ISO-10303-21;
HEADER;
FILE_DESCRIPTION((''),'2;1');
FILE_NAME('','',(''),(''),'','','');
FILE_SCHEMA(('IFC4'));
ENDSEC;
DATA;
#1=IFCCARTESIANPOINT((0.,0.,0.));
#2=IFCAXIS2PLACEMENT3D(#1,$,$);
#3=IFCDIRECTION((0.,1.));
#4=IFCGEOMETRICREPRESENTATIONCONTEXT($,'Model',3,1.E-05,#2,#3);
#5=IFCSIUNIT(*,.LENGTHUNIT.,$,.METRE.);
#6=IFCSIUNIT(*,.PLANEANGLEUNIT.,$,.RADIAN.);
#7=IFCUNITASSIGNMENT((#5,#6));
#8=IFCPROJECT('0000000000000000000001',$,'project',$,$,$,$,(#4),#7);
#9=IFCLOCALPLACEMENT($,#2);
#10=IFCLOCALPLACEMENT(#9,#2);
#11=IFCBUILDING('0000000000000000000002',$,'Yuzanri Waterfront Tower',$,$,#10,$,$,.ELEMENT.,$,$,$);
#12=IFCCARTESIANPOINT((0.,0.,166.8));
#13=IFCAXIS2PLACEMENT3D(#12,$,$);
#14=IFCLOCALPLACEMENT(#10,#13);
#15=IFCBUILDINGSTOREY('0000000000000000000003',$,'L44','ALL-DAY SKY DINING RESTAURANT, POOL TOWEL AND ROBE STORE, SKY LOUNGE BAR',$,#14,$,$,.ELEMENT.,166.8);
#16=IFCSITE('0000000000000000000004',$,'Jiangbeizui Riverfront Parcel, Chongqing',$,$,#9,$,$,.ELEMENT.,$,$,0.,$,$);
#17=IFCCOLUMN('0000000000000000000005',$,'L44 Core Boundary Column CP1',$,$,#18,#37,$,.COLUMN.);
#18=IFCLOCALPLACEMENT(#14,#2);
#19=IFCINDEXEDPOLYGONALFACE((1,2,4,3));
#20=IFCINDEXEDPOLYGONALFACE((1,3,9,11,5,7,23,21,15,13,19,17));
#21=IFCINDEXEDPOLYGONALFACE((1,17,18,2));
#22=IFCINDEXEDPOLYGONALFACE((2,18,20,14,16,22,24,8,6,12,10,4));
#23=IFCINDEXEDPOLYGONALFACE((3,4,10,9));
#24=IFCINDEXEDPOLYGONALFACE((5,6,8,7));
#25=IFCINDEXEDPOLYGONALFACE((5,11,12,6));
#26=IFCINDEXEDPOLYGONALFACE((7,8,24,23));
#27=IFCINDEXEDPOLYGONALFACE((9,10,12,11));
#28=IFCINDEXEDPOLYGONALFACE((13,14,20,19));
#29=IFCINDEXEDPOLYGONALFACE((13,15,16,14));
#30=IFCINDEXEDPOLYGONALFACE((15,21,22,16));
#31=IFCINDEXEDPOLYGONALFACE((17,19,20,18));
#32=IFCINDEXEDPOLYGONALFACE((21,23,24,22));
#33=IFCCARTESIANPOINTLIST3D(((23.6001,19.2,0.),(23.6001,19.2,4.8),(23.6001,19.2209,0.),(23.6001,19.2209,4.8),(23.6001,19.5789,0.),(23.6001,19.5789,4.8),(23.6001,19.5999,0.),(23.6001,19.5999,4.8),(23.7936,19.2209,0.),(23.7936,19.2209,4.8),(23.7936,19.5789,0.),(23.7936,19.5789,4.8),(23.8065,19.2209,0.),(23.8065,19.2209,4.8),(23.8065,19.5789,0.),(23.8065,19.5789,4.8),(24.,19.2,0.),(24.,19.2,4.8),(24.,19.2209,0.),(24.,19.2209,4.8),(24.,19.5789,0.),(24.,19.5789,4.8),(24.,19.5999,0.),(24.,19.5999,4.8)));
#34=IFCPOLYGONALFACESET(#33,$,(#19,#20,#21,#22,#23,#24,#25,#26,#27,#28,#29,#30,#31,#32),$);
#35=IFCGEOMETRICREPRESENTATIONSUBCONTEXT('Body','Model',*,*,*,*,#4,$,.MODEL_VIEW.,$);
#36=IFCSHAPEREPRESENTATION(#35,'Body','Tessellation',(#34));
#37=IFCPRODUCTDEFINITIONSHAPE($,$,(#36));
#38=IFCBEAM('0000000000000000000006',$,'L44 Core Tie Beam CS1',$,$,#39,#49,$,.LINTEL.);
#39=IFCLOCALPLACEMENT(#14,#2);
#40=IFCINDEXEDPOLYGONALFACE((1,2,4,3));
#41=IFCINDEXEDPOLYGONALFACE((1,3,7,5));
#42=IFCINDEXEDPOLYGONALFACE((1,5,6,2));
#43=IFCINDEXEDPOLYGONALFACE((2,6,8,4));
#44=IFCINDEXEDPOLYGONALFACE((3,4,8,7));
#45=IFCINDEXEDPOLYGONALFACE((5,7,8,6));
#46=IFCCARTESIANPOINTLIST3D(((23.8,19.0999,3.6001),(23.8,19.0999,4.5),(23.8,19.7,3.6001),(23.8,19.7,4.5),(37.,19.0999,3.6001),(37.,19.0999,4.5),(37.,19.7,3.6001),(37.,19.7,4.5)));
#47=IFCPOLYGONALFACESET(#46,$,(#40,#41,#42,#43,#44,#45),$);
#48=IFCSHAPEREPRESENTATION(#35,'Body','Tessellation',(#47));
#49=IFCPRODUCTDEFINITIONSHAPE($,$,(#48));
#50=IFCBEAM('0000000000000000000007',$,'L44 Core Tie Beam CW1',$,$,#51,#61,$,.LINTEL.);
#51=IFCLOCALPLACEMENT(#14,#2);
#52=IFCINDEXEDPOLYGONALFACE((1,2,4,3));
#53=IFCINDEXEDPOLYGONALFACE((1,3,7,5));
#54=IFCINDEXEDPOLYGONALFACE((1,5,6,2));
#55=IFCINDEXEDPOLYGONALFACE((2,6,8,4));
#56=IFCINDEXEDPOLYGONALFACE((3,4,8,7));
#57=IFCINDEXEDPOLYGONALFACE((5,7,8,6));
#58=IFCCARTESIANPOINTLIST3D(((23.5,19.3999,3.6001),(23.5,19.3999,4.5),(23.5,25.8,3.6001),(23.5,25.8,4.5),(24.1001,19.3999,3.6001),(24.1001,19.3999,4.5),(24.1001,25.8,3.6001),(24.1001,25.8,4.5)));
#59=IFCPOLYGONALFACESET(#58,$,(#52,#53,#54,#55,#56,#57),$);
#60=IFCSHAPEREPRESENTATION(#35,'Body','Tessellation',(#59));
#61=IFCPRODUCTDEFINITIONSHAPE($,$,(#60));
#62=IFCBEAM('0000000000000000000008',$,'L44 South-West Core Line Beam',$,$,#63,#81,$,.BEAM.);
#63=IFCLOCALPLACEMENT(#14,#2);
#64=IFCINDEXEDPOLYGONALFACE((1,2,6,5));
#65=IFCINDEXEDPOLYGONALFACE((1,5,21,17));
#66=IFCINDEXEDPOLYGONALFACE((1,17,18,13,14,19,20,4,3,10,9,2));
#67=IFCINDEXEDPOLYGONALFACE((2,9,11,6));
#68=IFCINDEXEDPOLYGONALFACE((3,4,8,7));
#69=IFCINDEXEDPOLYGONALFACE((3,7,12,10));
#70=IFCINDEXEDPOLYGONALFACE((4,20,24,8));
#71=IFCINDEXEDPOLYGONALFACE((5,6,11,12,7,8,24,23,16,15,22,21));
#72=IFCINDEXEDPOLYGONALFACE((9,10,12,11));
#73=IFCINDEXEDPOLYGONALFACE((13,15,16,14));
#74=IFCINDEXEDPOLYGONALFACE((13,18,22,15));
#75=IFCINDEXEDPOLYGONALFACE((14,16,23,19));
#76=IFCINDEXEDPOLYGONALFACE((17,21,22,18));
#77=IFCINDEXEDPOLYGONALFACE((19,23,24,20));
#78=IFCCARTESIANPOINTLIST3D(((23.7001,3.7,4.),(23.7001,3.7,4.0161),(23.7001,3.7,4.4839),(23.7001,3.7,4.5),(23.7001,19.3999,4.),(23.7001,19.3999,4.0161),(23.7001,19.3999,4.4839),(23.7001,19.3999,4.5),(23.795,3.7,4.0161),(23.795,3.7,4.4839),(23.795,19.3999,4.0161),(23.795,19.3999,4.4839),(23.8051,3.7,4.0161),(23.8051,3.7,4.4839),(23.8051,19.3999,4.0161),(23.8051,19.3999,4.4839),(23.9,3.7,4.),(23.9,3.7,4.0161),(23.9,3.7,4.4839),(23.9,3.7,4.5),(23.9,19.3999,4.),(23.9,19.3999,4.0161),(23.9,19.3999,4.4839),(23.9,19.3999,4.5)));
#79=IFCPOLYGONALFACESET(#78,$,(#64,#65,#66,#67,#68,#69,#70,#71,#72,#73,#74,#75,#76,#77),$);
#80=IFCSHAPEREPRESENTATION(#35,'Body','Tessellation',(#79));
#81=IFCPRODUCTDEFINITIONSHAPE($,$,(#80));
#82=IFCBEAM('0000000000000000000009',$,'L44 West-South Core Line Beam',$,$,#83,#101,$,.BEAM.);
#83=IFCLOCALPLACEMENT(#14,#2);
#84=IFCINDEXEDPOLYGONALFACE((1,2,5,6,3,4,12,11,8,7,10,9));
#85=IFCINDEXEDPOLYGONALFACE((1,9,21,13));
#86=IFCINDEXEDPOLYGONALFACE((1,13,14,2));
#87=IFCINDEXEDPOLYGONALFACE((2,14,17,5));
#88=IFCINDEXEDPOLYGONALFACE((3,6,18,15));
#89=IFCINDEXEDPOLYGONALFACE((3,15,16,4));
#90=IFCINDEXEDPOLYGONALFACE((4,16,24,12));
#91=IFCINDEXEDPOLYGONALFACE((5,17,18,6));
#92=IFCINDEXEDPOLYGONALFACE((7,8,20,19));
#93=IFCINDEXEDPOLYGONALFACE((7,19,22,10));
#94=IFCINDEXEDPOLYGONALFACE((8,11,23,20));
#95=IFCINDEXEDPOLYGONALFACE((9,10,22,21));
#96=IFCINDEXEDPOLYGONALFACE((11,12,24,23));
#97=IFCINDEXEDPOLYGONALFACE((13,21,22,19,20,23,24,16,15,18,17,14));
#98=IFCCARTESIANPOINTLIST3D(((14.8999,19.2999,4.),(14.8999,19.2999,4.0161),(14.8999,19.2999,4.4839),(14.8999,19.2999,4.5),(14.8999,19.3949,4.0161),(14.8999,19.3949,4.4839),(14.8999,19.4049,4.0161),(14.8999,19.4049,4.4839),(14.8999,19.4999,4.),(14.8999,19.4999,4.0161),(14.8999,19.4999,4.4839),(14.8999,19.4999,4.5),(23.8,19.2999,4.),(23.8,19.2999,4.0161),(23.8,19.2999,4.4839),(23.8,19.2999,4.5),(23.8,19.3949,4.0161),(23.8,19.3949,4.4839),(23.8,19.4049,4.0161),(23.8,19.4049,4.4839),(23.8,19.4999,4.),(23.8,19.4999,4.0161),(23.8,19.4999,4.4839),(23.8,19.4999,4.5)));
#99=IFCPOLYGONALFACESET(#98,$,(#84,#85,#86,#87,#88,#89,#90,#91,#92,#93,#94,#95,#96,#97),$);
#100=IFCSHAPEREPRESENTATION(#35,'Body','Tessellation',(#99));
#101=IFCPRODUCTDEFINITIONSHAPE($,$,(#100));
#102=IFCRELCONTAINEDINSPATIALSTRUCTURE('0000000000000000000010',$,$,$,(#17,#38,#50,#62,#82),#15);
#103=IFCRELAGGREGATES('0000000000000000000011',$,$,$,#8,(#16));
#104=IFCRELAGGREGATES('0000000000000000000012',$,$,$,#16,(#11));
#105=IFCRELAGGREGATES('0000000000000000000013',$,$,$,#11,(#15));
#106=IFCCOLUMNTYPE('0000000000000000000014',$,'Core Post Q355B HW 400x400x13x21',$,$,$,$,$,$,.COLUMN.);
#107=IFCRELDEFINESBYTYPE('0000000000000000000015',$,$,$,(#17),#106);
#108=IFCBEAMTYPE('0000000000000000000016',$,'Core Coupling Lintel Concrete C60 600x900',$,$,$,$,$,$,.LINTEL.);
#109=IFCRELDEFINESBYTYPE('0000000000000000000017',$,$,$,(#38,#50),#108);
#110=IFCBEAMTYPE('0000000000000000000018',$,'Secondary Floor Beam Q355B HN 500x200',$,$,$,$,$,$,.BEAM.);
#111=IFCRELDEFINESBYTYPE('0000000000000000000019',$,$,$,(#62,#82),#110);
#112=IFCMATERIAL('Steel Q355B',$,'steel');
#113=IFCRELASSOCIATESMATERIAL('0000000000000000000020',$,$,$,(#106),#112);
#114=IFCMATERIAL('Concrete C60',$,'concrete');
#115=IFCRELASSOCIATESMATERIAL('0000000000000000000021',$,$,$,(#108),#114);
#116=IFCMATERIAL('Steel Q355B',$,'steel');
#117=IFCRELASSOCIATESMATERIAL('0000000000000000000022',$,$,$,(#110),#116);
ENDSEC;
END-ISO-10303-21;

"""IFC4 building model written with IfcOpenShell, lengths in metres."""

from ifc_helpers import new_model, si_unit, direction, frame, origin, origin_2d, place, context, subcontext, project, spatial, rectangle, i_section, extrude, source, transform, mapped, material, material_profile, profile_set, type_object, element, save


model = new_model("IFC4")

# Units and contexts
model_context = context("Model", 3, precision=1e-05, world=origin(), true_north=direction((0.0, 1.0)))
body_context = subcontext(model_context, "Body", "Model", "MODEL_VIEW")
ifc_project = project(units=[si_unit("LENGTHUNIT", "METRE"), si_unit("PLANEANGLEUNIT", "RADIAN")], contexts=[model_context])

# Site, building, storey
site_placement = place(None, origin())
site = spatial("IfcSite", under=ifc_project, at=site_placement, Name="Jiangbeizui Riverfront Parcel, Chongqing", CompositionType="ELEMENT", RefElevation=0.0)
building_placement = place(site_placement, origin())
building = spatial("IfcBuilding", under=site, at=building_placement, Name="Yuzanri Waterfront Tower", CompositionType="ELEMENT")
storey_placement = place(building_placement, frame((0.0, 0.0, 166.8)))
storey = spatial("IfcBuildingStorey", under=building, at=storey_placement, Name="L44", Description="ALL-DAY SKY DINING RESTAURANT, POOL TOWEL AND ROBE STORE, SKY LOUNGE BAR", CompositionType="ELEMENT", Elevation=166.8)

# Column
ifc_material_1 = material(Name="Steel Q355B", Category="steel")
ifc_material_profile_1 = material_profile(ifc_material_1, i_section(OverallWidth=0.3999, OverallDepth=0.3999, WebThickness=0.0129, FlangeThickness=0.021, at=origin_2d()), Name="HW 400x400x13x21")
ifc_profile_set_1 = profile_set([ifc_material_profile_1], Name="Steel Q355B")
column_type = type_object("IfcColumnType", Name="Core Post Q355B HW 400x400x13x21", PredefinedType="COLUMN", material=ifc_profile_set_1)
shared_shape_1 = source(origin(), body_context, "Body", "SweptSolid", [
    extrude(i_section(OverallWidth=0.3999, OverallDepth=0.3999, WebThickness=0.0129, FlangeThickness=0.021, at=origin_2d()), origin(), (0.0, 0.0, 1.0), 4.8),
])
column_placement = place(storey_placement, frame((23.8, 19.3999, 0.0), z_axis=(0.0, 0.0, 1.0), x_axis=(1.0, 0.0, 0.0)))
element("IfcColumn", 1, at=column_placement, inside=storey, type_object=column_type, Name="L44 Core Boundary Column CP1", PredefinedType="COLUMN", context=body_context, shape_type="MappedRepresentation", body=[
    mapped(shared_shape_1, transform((0.0, 0.0, 0.0), scale=1.0)),
])

# Beams
ifc_material_2 = material(Name="Concrete C60", Category="concrete")
ifc_material_profile_2 = material_profile(ifc_material_2, rectangle(XDim=0.6001, YDim=0.8999, at=origin_2d()), Name="RC 600x900")
ifc_profile_set_2 = profile_set([ifc_material_profile_2], Name="Concrete C60")
beam_type_1 = type_object("IfcBeamType", Name="Core Coupling Lintel Concrete C60 600x900", PredefinedType="LINTEL", material=ifc_profile_set_2)
shared_shape_2 = source(origin(), body_context, "Body", "SweptSolid", [
    extrude(rectangle(XDim=0.6001, YDim=0.8999, at=origin_2d()), origin(), (0.0, 0.0, 1.0), 13.2),
])
beam_1_placement = place(storey_placement, frame((23.8, 19.3999, 4.05), z_axis=(1.0, 0.0, 0.0), x_axis=(0.0, 1.0, 0.0)))
element("IfcBeam", 2, at=beam_1_placement, inside=storey, type_object=beam_type_1, Name="L44 Core Tie Beam CS1", PredefinedType="LINTEL", context=body_context, shape_type="MappedRepresentation", body=[
    mapped(shared_shape_2, transform((0.0, 0.0, 0.0), scale=1.0)),
])
shared_shape_3 = source(origin(), body_context, "Body", "SweptSolid", [
    extrude(rectangle(XDim=0.6001, YDim=0.8999, at=origin_2d()), origin(), (0.0, 0.0, 1.0), 6.4001),
])
beam_2_placement = place(storey_placement, frame((23.8, 19.3999, 4.05), z_axis=(0.0, 1.0, 0.0), x_axis=(-1.0, 0.0, 0.0)))
element("IfcBeam", 3, at=beam_2_placement, inside=storey, type_object=beam_type_1, Name="L44 Core Tie Beam CW1", PredefinedType="LINTEL", context=body_context, shape_type="MappedRepresentation", body=[
    mapped(shared_shape_3, transform((0.0, 0.0, 0.0), scale=1.0)),
])
ifc_material_3 = material(Name="Steel Q355B", Category="steel")
ifc_material_profile_3 = material_profile(ifc_material_3, i_section(OverallWidth=0.2, OverallDepth=0.5, WebThickness=0.01, FlangeThickness=0.0161, at=origin_2d()), Name="HN 500x200x10x16")
ifc_profile_set_3 = profile_set([ifc_material_profile_3], Name="Steel Q355B")
beam_type_2 = type_object("IfcBeamType", Name="Secondary Floor Beam Q355B HN 500x200", PredefinedType="BEAM", material=ifc_profile_set_3)
shared_shape_4 = source(origin(), body_context, "Body", "SweptSolid", [
    extrude(i_section(OverallWidth=0.2, OverallDepth=0.5, WebThickness=0.01, FlangeThickness=0.0161, at=origin_2d()), origin(), (0.0, 0.0, 1.0), 15.7),
])
beam_3_placement = place(storey_placement, frame((23.8, 19.3999, 4.25), z_axis=(0.0, -1.0, 0.0), x_axis=(1.0, 0.0, 0.0)))
element("IfcBeam", 4, at=beam_3_placement, inside=storey, type_object=beam_type_2, Name="L44 South-West Core Line Beam", PredefinedType="BEAM", context=body_context, shape_type="MappedRepresentation", body=[
    mapped(shared_shape_4, transform((0.0, 0.0, 0.0), scale=1.0)),
])
shared_shape_5 = source(origin(), body_context, "Body", "SweptSolid", [
    extrude(i_section(OverallWidth=0.2, OverallDepth=0.5, WebThickness=0.01, FlangeThickness=0.0161, at=origin_2d()), origin(), (0.0, 0.0, 1.0), 8.9001),
])
beam_4_placement = place(storey_placement, frame((23.8, 19.3999, 4.25), z_axis=(-1.0, 0.0, 0.0), x_axis=(0.0, -1.0, 0.0)))
element("IfcBeam", 5, at=beam_4_placement, inside=storey, type_object=beam_type_2, Name="L44 West-South Core Line Beam", PredefinedType="BEAM", context=body_context, shape_type="MappedRepresentation", body=[
    mapped(shared_shape_5, transform((0.0, 0.0, 0.0), scale=1.0)),
])

save(model, "model.ifc")
